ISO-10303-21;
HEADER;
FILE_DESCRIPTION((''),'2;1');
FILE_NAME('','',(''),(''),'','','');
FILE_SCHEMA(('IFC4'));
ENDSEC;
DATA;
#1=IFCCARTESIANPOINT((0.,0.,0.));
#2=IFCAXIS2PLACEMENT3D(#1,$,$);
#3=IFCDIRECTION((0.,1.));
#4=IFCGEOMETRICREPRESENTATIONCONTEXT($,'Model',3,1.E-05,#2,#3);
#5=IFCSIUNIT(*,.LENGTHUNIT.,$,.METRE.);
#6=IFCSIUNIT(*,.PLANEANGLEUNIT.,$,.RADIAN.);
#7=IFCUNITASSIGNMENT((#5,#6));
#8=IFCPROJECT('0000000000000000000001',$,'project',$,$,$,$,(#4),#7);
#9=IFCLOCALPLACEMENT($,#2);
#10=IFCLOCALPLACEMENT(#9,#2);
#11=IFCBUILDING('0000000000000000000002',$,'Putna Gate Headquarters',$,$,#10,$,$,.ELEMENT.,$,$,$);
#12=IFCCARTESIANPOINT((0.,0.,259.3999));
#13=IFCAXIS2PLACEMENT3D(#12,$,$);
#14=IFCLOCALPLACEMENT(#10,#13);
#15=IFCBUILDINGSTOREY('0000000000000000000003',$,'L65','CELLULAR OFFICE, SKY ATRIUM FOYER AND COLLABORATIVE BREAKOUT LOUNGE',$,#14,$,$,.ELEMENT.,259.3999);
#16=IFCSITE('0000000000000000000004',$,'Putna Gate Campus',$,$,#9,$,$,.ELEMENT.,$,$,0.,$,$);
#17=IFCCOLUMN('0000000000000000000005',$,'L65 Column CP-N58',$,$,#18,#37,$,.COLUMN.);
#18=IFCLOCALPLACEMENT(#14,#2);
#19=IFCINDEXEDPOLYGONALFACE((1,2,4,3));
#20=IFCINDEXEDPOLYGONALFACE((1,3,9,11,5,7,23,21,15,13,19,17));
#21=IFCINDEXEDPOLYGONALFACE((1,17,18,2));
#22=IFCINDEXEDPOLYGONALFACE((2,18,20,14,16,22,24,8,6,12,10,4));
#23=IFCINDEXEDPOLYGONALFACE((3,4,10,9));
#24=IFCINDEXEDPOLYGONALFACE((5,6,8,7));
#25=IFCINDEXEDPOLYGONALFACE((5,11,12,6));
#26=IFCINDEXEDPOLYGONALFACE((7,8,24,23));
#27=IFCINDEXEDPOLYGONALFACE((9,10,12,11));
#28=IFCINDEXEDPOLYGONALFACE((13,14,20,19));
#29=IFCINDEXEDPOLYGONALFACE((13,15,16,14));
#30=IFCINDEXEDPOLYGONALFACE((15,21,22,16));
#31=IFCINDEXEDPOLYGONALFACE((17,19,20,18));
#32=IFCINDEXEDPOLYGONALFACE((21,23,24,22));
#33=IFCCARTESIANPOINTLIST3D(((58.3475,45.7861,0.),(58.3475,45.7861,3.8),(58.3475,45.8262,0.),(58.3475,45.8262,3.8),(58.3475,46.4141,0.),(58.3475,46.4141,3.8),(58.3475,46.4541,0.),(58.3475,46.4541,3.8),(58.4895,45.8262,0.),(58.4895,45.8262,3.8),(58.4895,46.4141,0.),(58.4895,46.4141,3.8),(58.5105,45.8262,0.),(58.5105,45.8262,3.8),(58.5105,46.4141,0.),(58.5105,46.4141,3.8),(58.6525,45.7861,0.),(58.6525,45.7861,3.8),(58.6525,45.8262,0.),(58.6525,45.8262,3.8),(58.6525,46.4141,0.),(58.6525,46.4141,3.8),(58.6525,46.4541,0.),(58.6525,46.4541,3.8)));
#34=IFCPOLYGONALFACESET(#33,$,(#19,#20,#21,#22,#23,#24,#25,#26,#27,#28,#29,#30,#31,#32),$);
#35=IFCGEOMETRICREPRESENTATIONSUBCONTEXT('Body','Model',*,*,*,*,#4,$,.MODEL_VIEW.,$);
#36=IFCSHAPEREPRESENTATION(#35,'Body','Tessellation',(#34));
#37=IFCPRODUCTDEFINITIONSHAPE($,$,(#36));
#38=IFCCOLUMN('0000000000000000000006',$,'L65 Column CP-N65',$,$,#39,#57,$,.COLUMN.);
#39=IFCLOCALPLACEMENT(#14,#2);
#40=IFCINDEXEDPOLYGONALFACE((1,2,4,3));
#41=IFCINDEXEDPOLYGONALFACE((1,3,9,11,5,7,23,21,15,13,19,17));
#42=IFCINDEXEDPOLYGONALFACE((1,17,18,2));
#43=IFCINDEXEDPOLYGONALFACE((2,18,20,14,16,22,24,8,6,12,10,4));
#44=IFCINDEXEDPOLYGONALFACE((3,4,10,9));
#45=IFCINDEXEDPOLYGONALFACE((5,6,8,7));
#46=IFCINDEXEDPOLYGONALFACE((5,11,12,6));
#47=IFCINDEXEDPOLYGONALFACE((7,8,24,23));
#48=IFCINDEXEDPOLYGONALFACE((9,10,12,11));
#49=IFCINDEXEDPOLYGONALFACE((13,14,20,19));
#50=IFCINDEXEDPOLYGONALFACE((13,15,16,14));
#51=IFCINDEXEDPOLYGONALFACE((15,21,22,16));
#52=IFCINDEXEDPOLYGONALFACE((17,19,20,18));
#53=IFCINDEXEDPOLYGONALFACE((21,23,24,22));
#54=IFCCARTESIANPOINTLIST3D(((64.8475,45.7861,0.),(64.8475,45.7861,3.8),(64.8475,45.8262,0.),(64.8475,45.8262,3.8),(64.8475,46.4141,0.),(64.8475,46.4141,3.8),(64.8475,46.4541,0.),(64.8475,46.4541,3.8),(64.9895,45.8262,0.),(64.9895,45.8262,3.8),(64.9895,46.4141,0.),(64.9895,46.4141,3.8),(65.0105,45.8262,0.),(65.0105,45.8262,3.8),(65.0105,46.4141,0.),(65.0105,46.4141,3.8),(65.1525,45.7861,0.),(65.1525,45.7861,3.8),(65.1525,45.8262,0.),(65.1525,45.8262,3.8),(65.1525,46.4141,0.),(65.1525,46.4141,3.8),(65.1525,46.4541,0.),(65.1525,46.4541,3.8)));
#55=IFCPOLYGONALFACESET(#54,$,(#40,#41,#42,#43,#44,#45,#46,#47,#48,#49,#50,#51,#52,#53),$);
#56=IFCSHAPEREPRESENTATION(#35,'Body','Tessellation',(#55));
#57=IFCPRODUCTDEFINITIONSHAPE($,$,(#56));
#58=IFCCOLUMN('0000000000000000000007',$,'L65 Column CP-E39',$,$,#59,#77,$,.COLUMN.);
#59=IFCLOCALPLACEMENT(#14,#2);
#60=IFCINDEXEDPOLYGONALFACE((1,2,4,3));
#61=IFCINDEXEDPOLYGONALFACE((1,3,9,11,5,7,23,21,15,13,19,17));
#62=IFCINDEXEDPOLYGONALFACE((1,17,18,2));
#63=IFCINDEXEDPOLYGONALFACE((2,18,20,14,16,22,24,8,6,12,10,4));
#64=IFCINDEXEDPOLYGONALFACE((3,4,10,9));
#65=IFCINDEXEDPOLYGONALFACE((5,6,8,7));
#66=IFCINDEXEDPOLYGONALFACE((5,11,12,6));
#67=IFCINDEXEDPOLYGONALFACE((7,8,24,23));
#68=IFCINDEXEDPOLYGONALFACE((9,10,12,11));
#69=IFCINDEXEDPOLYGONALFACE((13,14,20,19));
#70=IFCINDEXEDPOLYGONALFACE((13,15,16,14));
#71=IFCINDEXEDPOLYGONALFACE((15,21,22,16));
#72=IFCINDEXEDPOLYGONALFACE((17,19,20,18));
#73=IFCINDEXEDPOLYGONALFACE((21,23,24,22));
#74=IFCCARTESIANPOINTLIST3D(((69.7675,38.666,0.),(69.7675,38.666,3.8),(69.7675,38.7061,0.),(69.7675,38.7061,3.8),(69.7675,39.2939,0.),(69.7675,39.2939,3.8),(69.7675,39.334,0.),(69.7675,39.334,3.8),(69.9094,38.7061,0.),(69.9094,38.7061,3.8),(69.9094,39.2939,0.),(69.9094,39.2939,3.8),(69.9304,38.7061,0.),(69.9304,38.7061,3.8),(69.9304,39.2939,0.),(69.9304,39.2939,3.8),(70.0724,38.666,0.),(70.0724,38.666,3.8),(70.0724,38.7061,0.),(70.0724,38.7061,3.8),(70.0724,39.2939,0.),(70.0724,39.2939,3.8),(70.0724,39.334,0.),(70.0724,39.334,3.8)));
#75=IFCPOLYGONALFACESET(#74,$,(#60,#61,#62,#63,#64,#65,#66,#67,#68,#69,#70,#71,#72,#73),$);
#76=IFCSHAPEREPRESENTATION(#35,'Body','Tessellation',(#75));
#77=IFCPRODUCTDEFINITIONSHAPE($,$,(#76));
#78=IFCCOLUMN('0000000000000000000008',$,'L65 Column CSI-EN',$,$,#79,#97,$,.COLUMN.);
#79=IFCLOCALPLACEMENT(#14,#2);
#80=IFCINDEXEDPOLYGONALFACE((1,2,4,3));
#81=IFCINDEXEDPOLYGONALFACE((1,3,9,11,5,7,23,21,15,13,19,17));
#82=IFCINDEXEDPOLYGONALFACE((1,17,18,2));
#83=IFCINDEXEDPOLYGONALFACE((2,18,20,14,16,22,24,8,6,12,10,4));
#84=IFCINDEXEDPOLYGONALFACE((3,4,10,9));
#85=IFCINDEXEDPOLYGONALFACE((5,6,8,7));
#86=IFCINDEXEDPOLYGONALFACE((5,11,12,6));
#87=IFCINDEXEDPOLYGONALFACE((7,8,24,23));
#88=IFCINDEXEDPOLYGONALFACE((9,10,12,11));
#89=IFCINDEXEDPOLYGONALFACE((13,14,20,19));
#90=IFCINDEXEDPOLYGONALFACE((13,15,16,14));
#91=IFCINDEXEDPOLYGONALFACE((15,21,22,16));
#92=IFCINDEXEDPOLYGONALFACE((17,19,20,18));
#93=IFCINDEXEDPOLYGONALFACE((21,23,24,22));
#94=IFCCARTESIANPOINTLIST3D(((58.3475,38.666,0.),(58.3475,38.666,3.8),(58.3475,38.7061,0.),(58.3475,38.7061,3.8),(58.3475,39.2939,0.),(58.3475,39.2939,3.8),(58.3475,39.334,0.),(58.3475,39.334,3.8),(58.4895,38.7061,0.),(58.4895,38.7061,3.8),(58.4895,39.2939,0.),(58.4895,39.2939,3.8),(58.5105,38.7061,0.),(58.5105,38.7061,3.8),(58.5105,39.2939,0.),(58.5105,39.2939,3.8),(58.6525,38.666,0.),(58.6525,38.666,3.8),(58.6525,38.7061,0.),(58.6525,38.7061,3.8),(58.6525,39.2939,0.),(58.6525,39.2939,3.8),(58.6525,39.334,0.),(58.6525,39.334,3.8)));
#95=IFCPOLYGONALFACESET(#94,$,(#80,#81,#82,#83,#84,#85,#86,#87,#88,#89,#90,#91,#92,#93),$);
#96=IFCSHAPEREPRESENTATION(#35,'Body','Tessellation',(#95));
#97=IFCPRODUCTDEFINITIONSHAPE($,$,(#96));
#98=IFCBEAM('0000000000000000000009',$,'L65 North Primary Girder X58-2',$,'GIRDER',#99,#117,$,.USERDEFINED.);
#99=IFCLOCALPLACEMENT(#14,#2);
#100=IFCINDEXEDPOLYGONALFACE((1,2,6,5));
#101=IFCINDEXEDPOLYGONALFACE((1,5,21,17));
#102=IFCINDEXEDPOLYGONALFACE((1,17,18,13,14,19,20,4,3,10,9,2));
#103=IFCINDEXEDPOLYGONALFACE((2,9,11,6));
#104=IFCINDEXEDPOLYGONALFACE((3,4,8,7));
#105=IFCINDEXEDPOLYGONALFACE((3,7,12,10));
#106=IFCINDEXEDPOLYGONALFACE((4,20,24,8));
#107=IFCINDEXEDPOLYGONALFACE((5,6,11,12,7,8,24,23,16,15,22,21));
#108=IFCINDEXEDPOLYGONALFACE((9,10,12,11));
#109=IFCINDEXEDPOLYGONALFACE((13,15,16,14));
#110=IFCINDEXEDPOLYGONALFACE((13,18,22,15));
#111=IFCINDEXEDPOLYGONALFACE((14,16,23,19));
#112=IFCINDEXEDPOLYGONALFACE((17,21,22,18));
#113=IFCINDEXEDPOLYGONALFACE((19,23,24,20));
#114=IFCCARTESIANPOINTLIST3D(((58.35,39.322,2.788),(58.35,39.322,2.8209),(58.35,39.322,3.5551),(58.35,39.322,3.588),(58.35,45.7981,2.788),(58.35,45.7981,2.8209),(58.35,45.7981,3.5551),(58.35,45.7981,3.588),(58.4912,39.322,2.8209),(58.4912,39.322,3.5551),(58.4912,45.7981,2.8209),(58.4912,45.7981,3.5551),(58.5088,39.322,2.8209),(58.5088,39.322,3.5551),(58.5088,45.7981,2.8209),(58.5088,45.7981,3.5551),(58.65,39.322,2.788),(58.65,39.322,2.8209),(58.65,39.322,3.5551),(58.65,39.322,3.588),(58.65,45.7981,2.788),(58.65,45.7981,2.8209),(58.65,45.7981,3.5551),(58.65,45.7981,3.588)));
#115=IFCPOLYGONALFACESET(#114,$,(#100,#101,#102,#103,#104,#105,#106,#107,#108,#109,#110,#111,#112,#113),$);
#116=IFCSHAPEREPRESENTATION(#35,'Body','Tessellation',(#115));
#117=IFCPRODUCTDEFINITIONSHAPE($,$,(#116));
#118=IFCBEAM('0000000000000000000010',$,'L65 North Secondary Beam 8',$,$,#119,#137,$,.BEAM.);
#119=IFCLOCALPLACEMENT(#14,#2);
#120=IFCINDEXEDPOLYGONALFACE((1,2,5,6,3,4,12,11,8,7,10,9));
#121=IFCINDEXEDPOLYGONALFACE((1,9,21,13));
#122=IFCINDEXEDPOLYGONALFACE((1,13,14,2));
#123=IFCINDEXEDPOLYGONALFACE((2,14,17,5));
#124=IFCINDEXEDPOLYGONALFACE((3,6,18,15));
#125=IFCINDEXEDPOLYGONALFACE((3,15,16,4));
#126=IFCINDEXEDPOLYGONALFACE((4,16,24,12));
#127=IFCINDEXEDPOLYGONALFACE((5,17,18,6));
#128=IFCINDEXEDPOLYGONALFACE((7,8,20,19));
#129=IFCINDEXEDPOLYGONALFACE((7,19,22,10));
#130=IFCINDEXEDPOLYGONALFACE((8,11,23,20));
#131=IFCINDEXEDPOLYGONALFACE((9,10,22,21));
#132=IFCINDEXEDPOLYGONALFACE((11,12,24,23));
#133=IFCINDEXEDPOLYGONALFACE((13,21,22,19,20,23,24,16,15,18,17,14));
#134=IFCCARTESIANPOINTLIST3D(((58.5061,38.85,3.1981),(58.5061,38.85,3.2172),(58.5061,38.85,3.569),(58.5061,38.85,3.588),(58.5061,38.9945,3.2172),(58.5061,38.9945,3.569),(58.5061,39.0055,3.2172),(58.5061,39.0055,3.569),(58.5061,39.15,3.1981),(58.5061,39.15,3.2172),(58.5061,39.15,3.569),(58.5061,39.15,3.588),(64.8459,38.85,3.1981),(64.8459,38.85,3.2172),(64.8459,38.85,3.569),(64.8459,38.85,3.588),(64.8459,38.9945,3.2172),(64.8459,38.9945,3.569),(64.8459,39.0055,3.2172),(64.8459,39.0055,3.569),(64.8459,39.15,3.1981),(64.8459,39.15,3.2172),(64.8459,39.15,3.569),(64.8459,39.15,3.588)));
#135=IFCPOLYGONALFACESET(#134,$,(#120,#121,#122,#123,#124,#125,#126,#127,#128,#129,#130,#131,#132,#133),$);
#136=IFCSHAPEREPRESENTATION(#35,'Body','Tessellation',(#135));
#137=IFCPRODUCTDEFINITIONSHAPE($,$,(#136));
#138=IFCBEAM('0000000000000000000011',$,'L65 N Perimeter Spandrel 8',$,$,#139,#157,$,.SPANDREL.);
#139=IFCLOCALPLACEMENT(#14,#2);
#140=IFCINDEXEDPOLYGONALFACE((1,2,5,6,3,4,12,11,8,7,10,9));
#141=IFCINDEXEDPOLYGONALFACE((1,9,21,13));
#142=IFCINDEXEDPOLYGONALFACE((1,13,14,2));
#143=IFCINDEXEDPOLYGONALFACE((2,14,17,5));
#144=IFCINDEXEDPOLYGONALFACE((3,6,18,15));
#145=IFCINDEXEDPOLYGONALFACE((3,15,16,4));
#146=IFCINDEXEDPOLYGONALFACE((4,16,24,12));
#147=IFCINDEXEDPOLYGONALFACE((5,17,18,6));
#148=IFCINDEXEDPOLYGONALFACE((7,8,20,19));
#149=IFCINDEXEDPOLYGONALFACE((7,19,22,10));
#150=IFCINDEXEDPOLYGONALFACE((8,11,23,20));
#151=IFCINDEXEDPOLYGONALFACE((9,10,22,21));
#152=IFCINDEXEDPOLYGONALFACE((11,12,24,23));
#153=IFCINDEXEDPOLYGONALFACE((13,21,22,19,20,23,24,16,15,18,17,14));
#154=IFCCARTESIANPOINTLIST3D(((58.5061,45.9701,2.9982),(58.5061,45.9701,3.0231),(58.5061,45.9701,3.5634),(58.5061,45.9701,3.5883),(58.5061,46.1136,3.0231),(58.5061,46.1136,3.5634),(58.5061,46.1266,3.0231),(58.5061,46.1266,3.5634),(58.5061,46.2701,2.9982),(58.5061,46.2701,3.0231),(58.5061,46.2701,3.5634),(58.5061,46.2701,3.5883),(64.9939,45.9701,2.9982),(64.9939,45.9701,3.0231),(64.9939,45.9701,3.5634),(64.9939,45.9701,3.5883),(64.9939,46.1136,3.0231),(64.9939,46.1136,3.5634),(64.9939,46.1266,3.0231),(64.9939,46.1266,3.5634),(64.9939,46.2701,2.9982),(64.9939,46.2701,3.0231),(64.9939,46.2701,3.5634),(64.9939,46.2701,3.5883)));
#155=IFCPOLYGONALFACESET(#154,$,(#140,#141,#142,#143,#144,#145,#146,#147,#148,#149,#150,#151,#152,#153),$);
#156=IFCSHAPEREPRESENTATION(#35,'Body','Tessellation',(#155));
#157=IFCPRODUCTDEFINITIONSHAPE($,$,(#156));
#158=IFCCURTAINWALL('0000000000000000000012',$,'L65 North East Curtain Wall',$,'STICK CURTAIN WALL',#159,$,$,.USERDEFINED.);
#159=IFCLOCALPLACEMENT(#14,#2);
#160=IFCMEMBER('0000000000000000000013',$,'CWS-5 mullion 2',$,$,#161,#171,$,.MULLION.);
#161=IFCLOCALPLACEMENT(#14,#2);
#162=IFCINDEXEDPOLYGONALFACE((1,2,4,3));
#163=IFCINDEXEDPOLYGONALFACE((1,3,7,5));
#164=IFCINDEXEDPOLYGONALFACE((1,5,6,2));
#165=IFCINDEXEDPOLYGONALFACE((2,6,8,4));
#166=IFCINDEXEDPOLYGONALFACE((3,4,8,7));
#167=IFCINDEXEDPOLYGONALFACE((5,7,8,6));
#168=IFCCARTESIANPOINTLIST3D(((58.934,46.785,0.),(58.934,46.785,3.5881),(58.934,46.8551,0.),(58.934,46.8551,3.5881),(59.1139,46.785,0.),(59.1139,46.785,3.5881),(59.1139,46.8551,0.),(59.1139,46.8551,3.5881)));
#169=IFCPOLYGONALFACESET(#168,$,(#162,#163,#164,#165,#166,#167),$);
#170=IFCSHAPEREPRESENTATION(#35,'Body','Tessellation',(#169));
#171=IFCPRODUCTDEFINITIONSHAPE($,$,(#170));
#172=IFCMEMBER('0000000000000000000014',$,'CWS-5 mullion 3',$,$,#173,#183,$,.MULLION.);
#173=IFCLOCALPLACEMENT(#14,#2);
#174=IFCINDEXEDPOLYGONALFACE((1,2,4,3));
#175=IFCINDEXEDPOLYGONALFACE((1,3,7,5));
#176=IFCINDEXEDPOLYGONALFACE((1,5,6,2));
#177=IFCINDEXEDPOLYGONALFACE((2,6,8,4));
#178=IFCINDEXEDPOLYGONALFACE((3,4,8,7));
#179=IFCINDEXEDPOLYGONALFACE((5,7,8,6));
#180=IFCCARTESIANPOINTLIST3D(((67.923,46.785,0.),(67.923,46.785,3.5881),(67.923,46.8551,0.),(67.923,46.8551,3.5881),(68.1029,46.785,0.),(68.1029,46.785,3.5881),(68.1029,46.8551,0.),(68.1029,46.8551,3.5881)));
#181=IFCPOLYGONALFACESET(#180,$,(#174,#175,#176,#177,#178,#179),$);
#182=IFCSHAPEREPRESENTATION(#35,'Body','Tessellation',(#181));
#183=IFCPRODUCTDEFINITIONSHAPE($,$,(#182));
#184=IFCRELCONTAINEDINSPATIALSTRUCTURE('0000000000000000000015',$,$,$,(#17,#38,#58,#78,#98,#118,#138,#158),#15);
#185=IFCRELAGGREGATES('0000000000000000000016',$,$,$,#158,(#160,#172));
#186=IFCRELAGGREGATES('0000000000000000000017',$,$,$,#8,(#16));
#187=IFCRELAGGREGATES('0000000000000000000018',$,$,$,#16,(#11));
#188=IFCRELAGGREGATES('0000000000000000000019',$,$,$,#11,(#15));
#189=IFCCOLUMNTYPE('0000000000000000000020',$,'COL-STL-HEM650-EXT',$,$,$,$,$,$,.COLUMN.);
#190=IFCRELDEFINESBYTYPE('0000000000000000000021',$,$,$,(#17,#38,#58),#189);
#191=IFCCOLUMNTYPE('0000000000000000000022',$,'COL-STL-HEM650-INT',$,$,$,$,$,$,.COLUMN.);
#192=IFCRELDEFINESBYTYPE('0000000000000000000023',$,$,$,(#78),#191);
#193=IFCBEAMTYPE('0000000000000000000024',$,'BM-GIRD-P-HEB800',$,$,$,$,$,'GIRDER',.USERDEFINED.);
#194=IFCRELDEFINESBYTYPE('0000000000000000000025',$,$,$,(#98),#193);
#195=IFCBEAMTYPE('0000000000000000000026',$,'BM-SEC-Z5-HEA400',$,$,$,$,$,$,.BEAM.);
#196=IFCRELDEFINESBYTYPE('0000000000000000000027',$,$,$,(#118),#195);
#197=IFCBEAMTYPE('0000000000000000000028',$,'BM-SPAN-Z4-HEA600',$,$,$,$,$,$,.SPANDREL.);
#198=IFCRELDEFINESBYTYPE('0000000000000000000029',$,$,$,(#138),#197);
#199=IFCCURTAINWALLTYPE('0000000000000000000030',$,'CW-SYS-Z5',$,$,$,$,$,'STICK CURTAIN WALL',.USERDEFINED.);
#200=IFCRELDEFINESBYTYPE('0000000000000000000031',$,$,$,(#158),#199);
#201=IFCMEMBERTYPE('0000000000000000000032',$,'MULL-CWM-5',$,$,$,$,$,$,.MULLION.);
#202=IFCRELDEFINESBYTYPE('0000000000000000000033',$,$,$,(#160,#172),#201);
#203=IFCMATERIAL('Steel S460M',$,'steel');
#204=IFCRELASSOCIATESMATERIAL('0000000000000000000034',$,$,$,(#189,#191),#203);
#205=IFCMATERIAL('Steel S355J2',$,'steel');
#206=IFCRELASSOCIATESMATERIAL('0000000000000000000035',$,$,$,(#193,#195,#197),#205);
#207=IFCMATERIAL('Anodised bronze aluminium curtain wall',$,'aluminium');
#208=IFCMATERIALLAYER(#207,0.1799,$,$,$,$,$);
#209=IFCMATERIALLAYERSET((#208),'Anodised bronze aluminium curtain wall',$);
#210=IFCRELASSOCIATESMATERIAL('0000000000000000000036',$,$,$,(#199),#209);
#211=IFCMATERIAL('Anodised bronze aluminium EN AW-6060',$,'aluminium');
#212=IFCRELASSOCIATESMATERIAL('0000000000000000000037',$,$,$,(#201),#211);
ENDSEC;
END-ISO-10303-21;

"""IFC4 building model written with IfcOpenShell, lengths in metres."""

from ifc_helpers import new_model, si_unit, direction, frame, origin, origin_2d, place, context, subcontext, project, spatial, rectangle, i_section, extrude, material, layer, layer_set, material_profile, profile_set, type_object, element, aggregate, save


model = new_model("IFC4")

# Units and contexts
model_context = context("Model", 3, precision=1e-05, world=origin(), true_north=direction((0.0, 1.0)))
body_context = subcontext(model_context, "Body", "Model", "MODEL_VIEW")
ifc_project = project(units=[si_unit("LENGTHUNIT", "METRE"), si_unit("PLANEANGLEUNIT", "RADIAN")], contexts=[model_context])

# Site, building, storey
site_placement = place(None, origin())
site = spatial("IfcSite", under=ifc_project, at=site_placement, Name="Putna Gate Campus", CompositionType="ELEMENT", RefElevation=0.0)
building_placement = place(site_placement, origin())
building = spatial("IfcBuilding", under=site, at=building_placement, Name="Putna Gate Headquarters", CompositionType="ELEMENT")
storey_placement = place(building_placement, frame((0.0, 0.0, 259.3999)))
storey = spatial("IfcBuildingStorey", under=building, at=storey_placement, Name="L65", Description="CELLULAR OFFICE, SKY ATRIUM FOYER AND COLLABORATIVE BREAKOUT LOUNGE", CompositionType="ELEMENT", Elevation=259.3999)

# Columns
ifc_material_1 = material(Name="Steel S460M", Category="steel")
ifc_material_profile_1 = material_profile(ifc_material_1, i_section(OverallWidth=0.3049, OverallDepth=0.668, WebThickness=0.021, FlangeThickness=0.04, at=origin_2d()), Name="Steel S460M")
ifc_profile_set_1 = profile_set([ifc_material_profile_1], Name="Steel S460M")
column_type_1 = type_object("IfcColumnType", Name="COL-STL-HEM650-EXT", PredefinedType="COLUMN", material=ifc_profile_set_1)
for number, where, z_axis, x_axis, name in (
    (1, (58.5, 46.1201, 0.0), (0.0, 0.0, 1.0), (1.0, 0.0, 0.0), "L65 Column CP-N58"),
    (2, (65.0, 46.1201, 0.0), (0.0, 0.0, 1.0), (1.0, 0.0, 0.0), "L65 Column CP-N65"),
    (3, (69.9199, 39.0, 0.0), (0.0, 0.0, 1.0), (1.0, 0.0, 0.0), "L65 Column CP-E39"),
):
    element("IfcColumn", number, at=place(storey_placement, frame(where, z_axis=z_axis, x_axis=x_axis)), inside=storey, type_object=column_type_1, Name=name, PredefinedType="COLUMN", context=body_context, shape_type="SweptSolid", body=[
        extrude(i_section(OverallWidth=0.3049, OverallDepth=0.668, WebThickness=0.021, FlangeThickness=0.04, at=origin_2d()), origin(), (0.0, 0.0, 1.0), 3.8),
    ])
ifc_material_profile_2 = material_profile(ifc_material_1, i_section(OverallWidth=0.3049, OverallDepth=0.668, WebThickness=0.021, FlangeThickness=0.04, at=origin_2d()), Name="Steel S460M")
ifc_profile_set_2 = profile_set([ifc_material_profile_2], Name="Steel S460M")
column_type_2 = type_object("IfcColumnType", Name="COL-STL-HEM650-INT", PredefinedType="COLUMN", material=ifc_profile_set_2)
column_placement = place(storey_placement, frame((58.5, 39.0, 0.0), z_axis=(0.0, 0.0, 1.0), x_axis=(1.0, 0.0, 0.0)))
element("IfcColumn", 4, at=column_placement, inside=storey, type_object=column_type_2, Name="L65 Column CSI-EN", PredefinedType="COLUMN", context=body_context, shape_type="SweptSolid", body=[
    extrude(i_section(OverallWidth=0.3049, OverallDepth=0.668, WebThickness=0.021, FlangeThickness=0.04, at=origin_2d()), origin(), (0.0, 0.0, 1.0), 3.8),
])

# Beams
ifc_material_2 = material(Name="Steel S355J2", Category="steel")
ifc_material_profile_3 = material_profile(ifc_material_2, i_section(OverallWidth=0.3, OverallDepth=0.8, WebThickness=0.0176, FlangeThickness=0.033, at=origin_2d()), Name="Steel S355J2")
ifc_profile_set_3 = profile_set([ifc_material_profile_3], Name="Steel S355J2")
beam_type_1 = type_object("IfcBeamType", Name="BM-GIRD-P-HEB800", ElementType="GIRDER", PredefinedType="USERDEFINED", material=ifc_profile_set_3)
beam_1_placement = place(storey_placement, frame((58.5, 39.322, 3.188), z_axis=(0.0, 1.0, 0.0), x_axis=(-1.0, 0.0, 0.0)))
element("IfcBeam", 5, at=beam_1_placement, inside=storey, type_object=beam_type_1, Name="L65 North Primary Girder X58-2", ObjectType="GIRDER", PredefinedType="USERDEFINED", context=body_context, shape_type="SweptSolid", body=[
    extrude(i_section(OverallWidth=0.3, OverallDepth=0.8, WebThickness=0.0176, FlangeThickness=0.033, at=origin_2d()), origin(), (0.0, 0.0, 1.0), 6.4761),
])
ifc_material_profile_4 = material_profile(ifc_material_2, i_section(OverallWidth=0.3, OverallDepth=0.3899, WebThickness=0.011, FlangeThickness=0.019, at=origin_2d()), Name="Steel S355J2")
ifc_profile_set_4 = profile_set([ifc_material_profile_4], Name="Steel S355J2")
beam_type_2 = type_object("IfcBeamType", Name="BM-SEC-Z5-HEA400", PredefinedType="BEAM", material=ifc_profile_set_4)
beam_2_placement = place(storey_placement, frame((58.5061, 39.0, 3.3931), z_axis=(1.0, 0.0, 0.0), x_axis=(0.0, 1.0, 0.0)))
element("IfcBeam", 6, at=beam_2_placement, inside=storey, type_object=beam_type_2, Name="L65 North Secondary Beam 8", PredefinedType="BEAM", context=body_context, shape_type="SweptSolid", body=[
    extrude(i_section(OverallWidth=0.3, OverallDepth=0.3899, WebThickness=0.011, FlangeThickness=0.019, at=origin_2d()), origin(), (0.0, 0.0, 1.0), 6.3398),
])
ifc_material_profile_5 = material_profile(ifc_material_2, i_section(OverallWidth=0.3, OverallDepth=0.5901, WebThickness=0.0129, FlangeThickness=0.0249, at=origin_2d()), Name="Steel S355J2")
ifc_profile_set_5 = profile_set([ifc_material_profile_5], Name="Steel S355J2")
beam_type_3 = type_object("IfcBeamType", Name="BM-SPAN-Z4-HEA600", PredefinedType="SPANDREL", material=ifc_profile_set_5)
beam_3_placement = place(storey_placement, frame((58.5061, 46.1201, 3.2932), z_axis=(1.0, 0.0, 0.0), x_axis=(0.0, 1.0, 0.0)))
element("IfcBeam", 7, at=beam_3_placement, inside=storey, type_object=beam_type_3, Name="L65 N Perimeter Spandrel 8", PredefinedType="SPANDREL", context=body_context, shape_type="SweptSolid", body=[
    extrude(i_section(OverallWidth=0.3, OverallDepth=0.5901, WebThickness=0.0129, FlangeThickness=0.0249, at=origin_2d()), origin(), (0.0, 0.0, 1.0), 6.4878),
])

# Curtain wall, members
ifc_material_3 = material(Name="Anodised bronze aluminium curtain wall", Category="aluminium")
ifc_layer_1 = layer(ifc_material_3, 0.1799)
ifc_layer_set_1 = layer_set([ifc_layer_1], Name="Anodised bronze aluminium curtain wall")
curtain_wall_type = type_object("IfcCurtainWallType", Name="CW-SYS-Z5", ElementType="STICK CURTAIN WALL", PredefinedType="USERDEFINED", material=ifc_layer_set_1)
curtain_wall_1_placement = place(storey_placement, origin())
curtain_wall_1 = element("IfcCurtainWall", 8, at=curtain_wall_1_placement, inside=storey, type_object=curtain_wall_type, Name="L65 North East Curtain Wall", ObjectType="STICK CURTAIN WALL", PredefinedType="USERDEFINED")
ifc_material_4 = material(Name="Anodised bronze aluminium EN AW-6060", Category="aluminium")
ifc_material_profile_6 = material_profile(ifc_material_4, rectangle(XDim=0.0701, YDim=0.1799, at=origin_2d()), Name="Anodised bronze aluminium EN AW-6060")
ifc_profile_set_6 = profile_set([ifc_material_profile_6], Name="Anodised bronze aluminium EN AW-6060")
member_type_1 = type_object("IfcMemberType", Name="MULL-CWM-5", PredefinedType="MULLION", material=ifc_profile_set_6)
member_1_placement = place(storey_placement, frame((59.0239, 46.8201, 0.0), z_axis=(0.0, 0.0, 1.0), x_axis=(0.0, 1.0, 0.0)))
member_1 = element("IfcMember", 9, at=member_1_placement, type_object=member_type_1, Name="CWS-5 mullion 2", PredefinedType="MULLION", context=body_context, shape_type="SweptSolid", body=[
    extrude(rectangle(XDim=0.0701, YDim=0.1799, at=origin_2d()), origin(), (0.0, 0.0, 1.0), 3.5881),
])
member_2_placement = place(storey_placement, frame((68.0129, 46.8201, 0.0), z_axis=(0.0, 0.0, 1.0), x_axis=(0.0, 1.0, 0.0)))
member_2 = element("IfcMember", 10, at=member_2_placement, type_object=member_type_1, Name="CWS-5 mullion 3", PredefinedType="MULLION", context=body_context, shape_type="SweptSolid", body=[
    extrude(rectangle(XDim=0.0701, YDim=0.1799, at=origin_2d()), origin(), (0.0, 0.0, 1.0), 3.5881),
])

aggregate(curtain_wall_1, [member_1, member_2])

save(model, "model.ifc")
